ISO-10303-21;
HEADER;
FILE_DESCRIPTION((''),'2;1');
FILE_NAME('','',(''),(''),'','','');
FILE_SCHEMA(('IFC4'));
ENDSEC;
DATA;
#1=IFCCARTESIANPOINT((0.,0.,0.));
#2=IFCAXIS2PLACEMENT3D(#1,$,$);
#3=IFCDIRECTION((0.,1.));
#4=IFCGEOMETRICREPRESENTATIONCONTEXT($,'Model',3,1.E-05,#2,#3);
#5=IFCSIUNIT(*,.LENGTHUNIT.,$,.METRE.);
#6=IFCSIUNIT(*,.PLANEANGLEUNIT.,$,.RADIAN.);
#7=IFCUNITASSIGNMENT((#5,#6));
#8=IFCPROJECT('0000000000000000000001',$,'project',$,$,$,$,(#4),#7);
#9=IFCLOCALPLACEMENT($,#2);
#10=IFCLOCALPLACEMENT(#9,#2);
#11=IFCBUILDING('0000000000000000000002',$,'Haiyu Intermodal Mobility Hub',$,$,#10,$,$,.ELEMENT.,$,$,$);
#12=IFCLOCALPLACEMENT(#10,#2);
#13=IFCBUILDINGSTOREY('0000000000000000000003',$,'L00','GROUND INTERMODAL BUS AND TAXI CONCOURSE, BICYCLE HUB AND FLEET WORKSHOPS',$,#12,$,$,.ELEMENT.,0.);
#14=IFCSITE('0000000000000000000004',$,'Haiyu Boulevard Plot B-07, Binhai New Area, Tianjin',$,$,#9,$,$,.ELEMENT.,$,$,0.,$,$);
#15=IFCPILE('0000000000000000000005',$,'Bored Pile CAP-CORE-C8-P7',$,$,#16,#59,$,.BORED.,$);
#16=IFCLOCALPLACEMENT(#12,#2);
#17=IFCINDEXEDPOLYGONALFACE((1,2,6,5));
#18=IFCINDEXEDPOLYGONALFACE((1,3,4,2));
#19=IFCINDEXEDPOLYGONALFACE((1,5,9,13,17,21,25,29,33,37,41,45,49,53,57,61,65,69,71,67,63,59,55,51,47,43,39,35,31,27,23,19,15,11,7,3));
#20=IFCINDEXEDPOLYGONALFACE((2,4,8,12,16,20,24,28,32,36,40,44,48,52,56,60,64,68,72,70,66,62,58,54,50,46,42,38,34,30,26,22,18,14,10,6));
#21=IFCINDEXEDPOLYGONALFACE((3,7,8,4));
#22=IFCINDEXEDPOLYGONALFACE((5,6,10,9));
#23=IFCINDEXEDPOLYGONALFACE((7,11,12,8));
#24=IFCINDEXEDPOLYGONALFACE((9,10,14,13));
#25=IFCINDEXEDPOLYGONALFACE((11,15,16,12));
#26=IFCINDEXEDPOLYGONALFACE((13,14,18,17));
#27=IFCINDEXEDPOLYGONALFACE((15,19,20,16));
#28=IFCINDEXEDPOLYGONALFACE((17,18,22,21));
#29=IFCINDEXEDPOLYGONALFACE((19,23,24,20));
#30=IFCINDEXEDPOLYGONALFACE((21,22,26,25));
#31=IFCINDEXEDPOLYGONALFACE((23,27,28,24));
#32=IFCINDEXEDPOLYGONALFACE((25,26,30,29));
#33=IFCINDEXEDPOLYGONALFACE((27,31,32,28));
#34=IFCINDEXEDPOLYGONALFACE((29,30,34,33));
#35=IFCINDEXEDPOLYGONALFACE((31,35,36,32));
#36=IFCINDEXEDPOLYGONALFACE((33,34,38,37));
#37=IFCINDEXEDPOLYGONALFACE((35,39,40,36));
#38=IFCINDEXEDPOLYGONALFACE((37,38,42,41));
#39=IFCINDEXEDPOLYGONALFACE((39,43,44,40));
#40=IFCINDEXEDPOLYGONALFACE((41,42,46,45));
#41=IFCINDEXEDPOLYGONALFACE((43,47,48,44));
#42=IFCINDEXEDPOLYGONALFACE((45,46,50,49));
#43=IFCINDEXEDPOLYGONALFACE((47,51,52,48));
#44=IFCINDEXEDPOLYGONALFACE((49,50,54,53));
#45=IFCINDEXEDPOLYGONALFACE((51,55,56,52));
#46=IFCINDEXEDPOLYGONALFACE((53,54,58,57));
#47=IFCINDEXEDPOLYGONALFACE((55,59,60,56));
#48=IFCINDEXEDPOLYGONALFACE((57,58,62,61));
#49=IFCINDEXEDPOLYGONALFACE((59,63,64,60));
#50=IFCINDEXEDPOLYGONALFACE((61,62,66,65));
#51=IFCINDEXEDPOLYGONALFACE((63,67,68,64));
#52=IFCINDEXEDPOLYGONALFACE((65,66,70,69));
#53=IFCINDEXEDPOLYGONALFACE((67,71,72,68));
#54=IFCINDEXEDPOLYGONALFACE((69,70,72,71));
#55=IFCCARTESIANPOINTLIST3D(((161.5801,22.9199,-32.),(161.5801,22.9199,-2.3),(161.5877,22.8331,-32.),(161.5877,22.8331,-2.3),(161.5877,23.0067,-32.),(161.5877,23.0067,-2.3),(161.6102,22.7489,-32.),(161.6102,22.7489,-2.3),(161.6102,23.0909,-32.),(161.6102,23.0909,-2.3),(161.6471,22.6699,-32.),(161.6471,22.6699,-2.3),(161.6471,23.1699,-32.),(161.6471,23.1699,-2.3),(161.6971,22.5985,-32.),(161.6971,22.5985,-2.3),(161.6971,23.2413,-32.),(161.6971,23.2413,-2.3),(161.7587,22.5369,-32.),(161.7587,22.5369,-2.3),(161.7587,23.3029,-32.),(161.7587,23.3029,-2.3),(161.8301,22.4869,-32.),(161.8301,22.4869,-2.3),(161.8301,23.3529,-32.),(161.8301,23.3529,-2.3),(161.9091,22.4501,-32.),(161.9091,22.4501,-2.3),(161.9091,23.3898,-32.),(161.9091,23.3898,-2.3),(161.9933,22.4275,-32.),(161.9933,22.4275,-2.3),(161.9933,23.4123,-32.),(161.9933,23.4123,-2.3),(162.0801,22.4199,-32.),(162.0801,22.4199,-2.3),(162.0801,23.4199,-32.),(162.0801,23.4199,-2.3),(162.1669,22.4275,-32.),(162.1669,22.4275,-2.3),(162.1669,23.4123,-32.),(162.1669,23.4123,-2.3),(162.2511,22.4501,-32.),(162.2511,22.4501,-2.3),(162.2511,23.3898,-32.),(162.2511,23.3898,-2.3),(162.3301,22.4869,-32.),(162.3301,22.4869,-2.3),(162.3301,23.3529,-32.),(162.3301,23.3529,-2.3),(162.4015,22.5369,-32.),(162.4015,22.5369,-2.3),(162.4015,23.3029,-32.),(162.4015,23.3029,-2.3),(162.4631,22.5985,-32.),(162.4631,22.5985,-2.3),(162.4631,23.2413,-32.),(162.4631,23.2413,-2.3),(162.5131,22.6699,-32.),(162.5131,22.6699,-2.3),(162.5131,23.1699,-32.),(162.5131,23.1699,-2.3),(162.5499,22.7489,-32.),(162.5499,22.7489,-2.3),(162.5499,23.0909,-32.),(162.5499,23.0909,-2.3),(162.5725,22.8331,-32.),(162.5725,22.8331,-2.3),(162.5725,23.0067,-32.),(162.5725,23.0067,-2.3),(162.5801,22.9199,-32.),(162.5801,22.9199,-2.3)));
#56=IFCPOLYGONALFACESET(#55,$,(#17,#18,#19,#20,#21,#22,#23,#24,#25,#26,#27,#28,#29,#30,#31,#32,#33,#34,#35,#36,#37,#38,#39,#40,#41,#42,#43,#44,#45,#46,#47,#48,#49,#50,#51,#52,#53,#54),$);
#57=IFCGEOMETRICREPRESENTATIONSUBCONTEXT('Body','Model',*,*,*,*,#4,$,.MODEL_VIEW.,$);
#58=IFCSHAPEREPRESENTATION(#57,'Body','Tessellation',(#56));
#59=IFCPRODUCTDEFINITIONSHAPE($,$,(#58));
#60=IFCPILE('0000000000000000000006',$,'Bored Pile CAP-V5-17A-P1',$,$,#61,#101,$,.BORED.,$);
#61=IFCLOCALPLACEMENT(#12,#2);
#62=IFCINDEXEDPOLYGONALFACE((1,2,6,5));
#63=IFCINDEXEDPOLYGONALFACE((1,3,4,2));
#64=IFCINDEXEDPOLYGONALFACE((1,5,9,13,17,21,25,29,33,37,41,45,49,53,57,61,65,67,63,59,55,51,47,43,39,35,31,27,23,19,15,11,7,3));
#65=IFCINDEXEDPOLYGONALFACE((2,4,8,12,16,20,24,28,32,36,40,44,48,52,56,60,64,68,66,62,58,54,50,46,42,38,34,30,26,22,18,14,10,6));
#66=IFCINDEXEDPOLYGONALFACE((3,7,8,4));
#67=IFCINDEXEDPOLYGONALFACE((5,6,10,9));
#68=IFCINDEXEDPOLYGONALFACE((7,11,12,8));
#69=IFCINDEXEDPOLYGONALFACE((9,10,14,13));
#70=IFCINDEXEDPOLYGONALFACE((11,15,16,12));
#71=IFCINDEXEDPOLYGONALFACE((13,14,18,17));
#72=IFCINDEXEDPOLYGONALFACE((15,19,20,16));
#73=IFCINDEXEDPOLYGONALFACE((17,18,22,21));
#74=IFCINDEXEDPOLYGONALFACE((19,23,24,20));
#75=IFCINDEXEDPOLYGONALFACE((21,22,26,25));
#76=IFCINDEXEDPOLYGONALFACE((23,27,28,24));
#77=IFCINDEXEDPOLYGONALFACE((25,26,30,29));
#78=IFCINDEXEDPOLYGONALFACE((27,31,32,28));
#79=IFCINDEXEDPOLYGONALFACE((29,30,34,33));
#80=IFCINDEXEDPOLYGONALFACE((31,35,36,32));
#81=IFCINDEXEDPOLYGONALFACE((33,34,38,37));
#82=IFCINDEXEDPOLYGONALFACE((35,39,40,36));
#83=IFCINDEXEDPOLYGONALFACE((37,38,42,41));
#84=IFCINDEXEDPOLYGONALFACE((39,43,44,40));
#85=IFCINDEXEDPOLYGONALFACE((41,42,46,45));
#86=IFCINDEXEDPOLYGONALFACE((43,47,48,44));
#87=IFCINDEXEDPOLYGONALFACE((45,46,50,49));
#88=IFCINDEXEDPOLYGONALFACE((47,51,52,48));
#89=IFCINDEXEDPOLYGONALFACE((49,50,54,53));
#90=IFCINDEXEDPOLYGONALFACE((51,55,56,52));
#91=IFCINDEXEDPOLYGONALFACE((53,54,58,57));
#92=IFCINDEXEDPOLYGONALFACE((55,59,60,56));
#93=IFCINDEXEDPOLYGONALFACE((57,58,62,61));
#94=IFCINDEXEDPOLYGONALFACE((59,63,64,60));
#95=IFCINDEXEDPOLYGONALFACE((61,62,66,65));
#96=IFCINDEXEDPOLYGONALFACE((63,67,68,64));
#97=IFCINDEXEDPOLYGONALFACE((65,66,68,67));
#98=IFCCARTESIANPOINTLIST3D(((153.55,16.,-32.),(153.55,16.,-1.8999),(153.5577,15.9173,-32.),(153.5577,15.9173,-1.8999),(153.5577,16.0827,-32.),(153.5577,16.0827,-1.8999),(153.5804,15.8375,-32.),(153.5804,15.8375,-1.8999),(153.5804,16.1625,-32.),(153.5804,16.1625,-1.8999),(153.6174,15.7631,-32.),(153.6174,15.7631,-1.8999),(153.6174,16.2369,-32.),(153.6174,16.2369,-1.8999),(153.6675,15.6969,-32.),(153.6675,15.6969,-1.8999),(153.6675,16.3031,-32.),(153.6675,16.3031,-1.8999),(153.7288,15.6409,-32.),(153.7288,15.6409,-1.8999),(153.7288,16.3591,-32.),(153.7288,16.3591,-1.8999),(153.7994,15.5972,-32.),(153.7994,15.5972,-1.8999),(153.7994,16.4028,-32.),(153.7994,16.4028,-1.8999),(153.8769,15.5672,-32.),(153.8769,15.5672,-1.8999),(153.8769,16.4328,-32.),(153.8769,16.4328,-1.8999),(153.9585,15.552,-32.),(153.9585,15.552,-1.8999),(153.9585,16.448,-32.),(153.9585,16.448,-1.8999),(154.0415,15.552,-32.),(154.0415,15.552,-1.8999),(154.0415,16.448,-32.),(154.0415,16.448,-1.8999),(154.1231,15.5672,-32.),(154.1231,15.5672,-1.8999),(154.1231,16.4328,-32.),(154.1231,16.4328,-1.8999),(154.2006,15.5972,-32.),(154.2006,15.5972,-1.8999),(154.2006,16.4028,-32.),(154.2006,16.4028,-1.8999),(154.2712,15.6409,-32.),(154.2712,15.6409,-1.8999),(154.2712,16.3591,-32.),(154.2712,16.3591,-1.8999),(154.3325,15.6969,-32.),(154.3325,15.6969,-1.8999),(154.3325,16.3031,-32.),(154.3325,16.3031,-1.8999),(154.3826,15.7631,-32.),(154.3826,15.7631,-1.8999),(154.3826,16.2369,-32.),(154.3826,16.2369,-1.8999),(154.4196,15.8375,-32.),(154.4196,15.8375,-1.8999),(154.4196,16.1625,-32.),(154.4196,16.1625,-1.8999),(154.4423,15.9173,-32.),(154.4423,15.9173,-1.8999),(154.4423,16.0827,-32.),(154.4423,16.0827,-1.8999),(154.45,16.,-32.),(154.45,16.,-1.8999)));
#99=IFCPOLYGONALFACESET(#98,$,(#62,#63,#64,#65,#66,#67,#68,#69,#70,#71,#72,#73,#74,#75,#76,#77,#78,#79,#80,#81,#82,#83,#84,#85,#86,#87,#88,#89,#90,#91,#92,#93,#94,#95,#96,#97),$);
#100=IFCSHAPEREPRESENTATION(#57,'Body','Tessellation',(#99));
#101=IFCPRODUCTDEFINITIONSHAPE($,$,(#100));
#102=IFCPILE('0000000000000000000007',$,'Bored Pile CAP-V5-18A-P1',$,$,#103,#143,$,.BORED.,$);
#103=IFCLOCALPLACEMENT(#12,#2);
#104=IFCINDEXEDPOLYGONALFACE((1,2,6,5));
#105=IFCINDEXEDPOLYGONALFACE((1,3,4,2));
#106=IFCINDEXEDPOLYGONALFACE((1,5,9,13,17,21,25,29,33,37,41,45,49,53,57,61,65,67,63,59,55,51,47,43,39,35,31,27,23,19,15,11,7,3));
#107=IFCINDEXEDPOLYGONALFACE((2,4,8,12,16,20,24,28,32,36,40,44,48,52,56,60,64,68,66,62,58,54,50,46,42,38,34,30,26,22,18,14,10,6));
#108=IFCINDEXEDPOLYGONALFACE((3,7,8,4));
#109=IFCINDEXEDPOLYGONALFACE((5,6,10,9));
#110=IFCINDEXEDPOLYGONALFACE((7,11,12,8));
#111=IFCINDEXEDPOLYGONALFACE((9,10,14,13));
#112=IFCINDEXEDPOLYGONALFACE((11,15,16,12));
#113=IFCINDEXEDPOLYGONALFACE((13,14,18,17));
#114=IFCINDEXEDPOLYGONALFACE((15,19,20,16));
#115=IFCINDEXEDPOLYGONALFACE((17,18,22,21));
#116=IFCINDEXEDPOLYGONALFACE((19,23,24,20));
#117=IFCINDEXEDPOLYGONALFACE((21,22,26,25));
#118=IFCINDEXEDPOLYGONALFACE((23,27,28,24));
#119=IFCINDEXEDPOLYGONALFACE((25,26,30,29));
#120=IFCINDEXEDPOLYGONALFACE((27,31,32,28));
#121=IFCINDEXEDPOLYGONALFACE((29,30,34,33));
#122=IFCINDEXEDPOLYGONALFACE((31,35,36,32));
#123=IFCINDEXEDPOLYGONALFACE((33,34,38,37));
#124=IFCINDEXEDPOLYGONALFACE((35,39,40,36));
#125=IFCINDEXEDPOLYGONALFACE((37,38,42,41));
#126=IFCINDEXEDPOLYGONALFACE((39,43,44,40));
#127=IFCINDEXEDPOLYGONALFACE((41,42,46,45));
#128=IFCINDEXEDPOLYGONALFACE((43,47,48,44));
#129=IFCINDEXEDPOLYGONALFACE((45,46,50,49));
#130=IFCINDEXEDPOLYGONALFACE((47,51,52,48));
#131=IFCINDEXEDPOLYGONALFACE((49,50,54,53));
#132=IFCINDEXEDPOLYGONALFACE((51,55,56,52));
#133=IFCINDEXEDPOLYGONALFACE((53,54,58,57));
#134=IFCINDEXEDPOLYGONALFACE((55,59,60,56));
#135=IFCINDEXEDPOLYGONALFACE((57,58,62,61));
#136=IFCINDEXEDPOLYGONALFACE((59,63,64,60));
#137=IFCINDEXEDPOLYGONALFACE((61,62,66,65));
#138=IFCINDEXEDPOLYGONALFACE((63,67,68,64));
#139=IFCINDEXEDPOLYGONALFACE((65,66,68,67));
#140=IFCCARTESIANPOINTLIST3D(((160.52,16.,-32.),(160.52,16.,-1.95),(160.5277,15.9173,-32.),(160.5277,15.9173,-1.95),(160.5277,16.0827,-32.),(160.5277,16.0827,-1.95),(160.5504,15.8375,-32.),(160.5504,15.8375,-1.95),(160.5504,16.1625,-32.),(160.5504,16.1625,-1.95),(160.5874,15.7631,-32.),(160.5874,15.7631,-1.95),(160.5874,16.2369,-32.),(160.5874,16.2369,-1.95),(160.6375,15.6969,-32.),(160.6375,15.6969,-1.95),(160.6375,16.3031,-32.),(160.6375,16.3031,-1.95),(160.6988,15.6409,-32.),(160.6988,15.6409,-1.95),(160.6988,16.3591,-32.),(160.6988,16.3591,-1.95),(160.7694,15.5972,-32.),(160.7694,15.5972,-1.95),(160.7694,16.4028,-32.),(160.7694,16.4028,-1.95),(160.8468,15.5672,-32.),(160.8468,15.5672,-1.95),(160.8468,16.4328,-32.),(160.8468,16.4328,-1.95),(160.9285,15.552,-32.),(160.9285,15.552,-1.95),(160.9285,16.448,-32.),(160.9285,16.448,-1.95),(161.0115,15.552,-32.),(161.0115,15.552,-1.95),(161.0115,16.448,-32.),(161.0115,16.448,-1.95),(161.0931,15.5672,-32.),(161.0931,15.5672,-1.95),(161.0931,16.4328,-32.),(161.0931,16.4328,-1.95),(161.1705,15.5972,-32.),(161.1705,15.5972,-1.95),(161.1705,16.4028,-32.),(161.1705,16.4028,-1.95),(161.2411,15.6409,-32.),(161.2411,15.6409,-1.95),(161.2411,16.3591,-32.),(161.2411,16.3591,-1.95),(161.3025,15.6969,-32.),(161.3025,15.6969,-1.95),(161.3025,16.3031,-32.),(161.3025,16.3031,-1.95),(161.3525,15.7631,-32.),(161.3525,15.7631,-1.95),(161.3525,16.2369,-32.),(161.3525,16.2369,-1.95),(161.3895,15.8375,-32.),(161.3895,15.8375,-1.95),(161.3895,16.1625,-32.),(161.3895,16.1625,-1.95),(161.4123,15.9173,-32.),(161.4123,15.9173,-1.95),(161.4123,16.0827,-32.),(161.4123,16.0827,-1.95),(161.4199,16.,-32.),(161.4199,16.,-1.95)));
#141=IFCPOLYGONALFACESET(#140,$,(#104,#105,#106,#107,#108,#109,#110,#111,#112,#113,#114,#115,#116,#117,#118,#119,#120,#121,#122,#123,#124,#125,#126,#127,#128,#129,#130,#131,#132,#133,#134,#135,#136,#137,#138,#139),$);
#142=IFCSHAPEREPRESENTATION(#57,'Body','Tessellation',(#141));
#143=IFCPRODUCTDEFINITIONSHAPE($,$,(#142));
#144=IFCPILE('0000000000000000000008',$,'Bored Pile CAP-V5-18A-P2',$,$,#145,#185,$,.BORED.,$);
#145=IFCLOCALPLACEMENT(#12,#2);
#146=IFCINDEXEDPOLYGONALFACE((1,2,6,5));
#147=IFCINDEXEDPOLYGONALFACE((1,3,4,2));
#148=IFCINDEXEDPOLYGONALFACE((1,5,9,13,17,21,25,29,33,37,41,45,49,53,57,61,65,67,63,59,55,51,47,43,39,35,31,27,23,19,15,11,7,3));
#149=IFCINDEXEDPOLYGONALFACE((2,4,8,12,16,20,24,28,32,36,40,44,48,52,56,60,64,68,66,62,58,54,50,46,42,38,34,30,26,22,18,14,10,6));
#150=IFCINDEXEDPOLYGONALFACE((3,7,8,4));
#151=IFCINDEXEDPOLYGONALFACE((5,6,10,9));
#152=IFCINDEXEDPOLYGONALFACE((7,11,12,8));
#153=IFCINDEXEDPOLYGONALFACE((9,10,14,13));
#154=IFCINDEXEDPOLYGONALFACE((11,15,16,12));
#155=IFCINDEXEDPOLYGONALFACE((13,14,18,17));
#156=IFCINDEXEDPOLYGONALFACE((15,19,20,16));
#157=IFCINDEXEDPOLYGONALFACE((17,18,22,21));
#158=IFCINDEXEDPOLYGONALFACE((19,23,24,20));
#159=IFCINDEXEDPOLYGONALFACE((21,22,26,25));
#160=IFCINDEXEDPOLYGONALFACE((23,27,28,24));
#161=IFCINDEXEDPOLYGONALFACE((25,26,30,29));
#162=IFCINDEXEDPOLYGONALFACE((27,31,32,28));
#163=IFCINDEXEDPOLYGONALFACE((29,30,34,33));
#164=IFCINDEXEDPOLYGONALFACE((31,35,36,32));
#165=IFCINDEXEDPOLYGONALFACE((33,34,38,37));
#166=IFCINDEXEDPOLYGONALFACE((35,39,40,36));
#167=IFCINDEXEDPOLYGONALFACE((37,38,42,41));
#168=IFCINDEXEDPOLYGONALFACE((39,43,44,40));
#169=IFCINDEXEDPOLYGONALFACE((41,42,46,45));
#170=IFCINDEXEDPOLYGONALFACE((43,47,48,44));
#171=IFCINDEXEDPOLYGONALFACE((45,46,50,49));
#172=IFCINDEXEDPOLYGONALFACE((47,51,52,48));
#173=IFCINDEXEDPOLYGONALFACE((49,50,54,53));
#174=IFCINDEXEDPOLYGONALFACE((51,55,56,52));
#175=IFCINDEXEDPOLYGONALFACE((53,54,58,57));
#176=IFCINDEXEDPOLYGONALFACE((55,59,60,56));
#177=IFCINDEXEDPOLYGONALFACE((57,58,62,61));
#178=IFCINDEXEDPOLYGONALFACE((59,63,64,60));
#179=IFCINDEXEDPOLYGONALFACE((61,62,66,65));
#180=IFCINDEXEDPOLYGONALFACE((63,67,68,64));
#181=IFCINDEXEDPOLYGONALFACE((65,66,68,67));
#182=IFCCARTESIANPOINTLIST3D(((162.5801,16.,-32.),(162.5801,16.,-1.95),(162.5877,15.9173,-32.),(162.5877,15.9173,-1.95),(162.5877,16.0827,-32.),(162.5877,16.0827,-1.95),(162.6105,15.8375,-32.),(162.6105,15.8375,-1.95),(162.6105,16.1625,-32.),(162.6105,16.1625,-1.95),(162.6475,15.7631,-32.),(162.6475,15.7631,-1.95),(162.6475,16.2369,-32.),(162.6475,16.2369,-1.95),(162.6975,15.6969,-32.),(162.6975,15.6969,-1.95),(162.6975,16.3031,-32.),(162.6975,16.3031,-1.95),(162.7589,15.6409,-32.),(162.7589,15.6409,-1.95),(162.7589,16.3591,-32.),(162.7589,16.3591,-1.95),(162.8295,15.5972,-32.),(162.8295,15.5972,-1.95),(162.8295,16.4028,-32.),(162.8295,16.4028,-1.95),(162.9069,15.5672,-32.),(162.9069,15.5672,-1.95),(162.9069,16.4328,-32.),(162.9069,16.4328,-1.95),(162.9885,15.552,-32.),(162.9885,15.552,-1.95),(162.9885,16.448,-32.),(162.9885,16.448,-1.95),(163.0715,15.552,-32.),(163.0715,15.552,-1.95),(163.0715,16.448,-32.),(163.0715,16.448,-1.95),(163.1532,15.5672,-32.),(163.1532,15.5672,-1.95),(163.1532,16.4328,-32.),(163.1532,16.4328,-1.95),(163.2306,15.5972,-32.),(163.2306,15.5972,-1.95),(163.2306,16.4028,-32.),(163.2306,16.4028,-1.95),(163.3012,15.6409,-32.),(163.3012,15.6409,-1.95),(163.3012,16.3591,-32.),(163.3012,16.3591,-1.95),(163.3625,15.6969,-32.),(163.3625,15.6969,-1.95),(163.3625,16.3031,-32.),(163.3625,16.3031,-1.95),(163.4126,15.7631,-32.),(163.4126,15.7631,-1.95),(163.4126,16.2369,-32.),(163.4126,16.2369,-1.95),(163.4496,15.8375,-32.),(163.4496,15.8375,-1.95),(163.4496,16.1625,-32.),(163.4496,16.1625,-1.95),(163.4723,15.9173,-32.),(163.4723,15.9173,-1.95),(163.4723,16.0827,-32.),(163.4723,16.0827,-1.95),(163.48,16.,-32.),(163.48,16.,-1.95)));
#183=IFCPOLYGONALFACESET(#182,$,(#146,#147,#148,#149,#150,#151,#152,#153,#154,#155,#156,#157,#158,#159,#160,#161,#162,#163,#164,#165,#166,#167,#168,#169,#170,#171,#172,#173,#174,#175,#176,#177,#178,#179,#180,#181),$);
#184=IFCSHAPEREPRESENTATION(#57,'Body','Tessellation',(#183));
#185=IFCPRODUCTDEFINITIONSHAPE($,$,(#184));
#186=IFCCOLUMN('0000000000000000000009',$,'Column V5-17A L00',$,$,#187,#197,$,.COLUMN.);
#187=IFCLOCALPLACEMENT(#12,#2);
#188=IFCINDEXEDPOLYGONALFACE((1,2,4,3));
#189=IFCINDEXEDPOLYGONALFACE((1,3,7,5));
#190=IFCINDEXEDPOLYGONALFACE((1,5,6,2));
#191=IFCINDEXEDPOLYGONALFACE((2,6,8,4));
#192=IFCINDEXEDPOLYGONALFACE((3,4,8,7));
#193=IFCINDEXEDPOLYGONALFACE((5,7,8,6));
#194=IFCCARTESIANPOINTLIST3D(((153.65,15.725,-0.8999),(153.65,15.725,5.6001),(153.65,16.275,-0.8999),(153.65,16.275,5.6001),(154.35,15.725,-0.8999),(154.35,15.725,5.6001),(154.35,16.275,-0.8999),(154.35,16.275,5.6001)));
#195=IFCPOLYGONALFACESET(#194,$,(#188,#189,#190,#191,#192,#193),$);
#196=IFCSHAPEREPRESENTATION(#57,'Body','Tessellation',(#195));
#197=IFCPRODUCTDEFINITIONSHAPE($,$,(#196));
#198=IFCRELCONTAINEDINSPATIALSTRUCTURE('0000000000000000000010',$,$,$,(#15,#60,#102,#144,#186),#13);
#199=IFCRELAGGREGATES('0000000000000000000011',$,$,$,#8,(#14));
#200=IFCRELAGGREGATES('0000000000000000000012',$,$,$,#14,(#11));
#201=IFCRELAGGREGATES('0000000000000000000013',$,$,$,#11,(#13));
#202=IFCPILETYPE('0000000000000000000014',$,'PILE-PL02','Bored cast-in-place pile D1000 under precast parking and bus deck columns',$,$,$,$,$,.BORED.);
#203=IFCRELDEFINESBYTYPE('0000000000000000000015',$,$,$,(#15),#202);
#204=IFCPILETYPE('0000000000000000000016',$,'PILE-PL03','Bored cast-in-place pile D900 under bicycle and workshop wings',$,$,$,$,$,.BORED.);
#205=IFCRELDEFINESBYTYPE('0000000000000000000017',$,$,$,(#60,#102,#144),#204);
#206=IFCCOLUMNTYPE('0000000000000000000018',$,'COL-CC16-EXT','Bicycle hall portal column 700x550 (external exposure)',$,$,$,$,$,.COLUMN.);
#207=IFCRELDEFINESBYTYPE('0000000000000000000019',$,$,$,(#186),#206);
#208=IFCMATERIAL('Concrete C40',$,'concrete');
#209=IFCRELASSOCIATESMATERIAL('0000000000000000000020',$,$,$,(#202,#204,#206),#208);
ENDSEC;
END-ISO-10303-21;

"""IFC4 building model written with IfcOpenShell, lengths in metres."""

from ifc_helpers import new_model, si_unit, direction, frame, origin, origin_2d, place, context, subcontext, project, spatial, rectangle, circle, extrude, material, material_profile, profile_set, type_object, element, save


model = new_model("IFC4")

# Units and contexts
model_context = context("Model", 3, precision=1e-05, world=origin(), true_north=direction((0.0, 1.0)))
body_context = subcontext(model_context, "Body", "Model", "MODEL_VIEW")
ifc_project = project(units=[si_unit("LENGTHUNIT", "METRE"), si_unit("PLANEANGLEUNIT", "RADIAN")], contexts=[model_context])

# Site, building, storey
site_placement = place(None, origin())
site = spatial("IfcSite", under=ifc_project, at=site_placement, Name="Haiyu Boulevard Plot B-07, Binhai New Area, Tianjin", CompositionType="ELEMENT", RefElevation=0.0)
building_placement = place(site_placement, origin())
building = spatial("IfcBuilding", under=site, at=building_placement, Name="Haiyu Intermodal Mobility Hub", CompositionType="ELEMENT")
storey_placement = place(building_placement, origin())
storey = spatial("IfcBuildingStorey", under=building, at=storey_placement, Name="L00", Description="GROUND INTERMODAL BUS AND TAXI CONCOURSE, BICYCLE HUB AND FLEET WORKSHOPS", CompositionType="ELEMENT", Elevation=0.0)

# Shared definitions
ifc_material_1 = material(Name="Concrete C40", Category="concrete")

# Piles
ifc_material_profile_1 = material_profile(ifc_material_1, circle(Radius=0.5, at=origin_2d()), Name="PILE-D1000")
ifc_profile_set_1 = profile_set([ifc_material_profile_1], Name="Concrete C40")
pile_type_1 = type_object("IfcPileType", Name="PILE-PL02", Description="Bored cast-in-place pile D1000 under precast parking and bus deck columns", PredefinedType="BORED", material=ifc_profile_set_1)
for number, where, z_axis, x_axis, name in (
    (1, (162.0801, 22.9199, -2.3), (0.0, 0.0, -1.0), (1.0, 0.0, 0.0), "Bored Pile CAP-CORE-C8-P7"),
):
    element("IfcPile", number, at=place(storey_placement, frame(where, z_axis=z_axis, x_axis=x_axis)), inside=storey, type_object=pile_type_1, Name=name, PredefinedType="BORED", context=body_context, shape_type="SweptSolid", body=[
        extrude(circle(Radius=0.5, at=origin_2d()), origin(), (0.0, 0.0, 1.0), 29.7),
    ])
ifc_material_profile_2 = material_profile(ifc_material_1, circle(Radius=0.45, at=origin_2d()), Name="PILE-D900")
ifc_profile_set_2 = profile_set([ifc_material_profile_2], Name="Concrete C40")
pile_type_2 = type_object("IfcPileType", Name="PILE-PL03", Description="Bored cast-in-place pile D900 under bicycle and workshop wings", PredefinedType="BORED", material=ifc_profile_set_2)
pile_placement = place(storey_placement, frame((154.0, 16.0, -1.8999), z_axis=(0.0, 0.0, -1.0), x_axis=(1.0, 0.0, 0.0)))
element("IfcPile", 2, at=pile_placement, inside=storey, type_object=pile_type_2, Name="Bored Pile CAP-V5-17A-P1", PredefinedType="BORED", context=body_context, shape_type="SweptSolid", body=[
    extrude(circle(Radius=0.45, at=origin_2d()), origin(), (0.0, 0.0, 1.0), 30.1001),
])
for number, where, z_axis, x_axis, name in (
    (3, (160.97, 16.0, -1.95), (0.0, 0.0, -1.0), (1.0, 0.0, 0.0), "Bored Pile CAP-V5-18A-P1"),
    (4, (163.03, 16.0, -1.95), (0.0, 0.0, -1.0), (1.0, 0.0, 0.0), "Bored Pile CAP-V5-18A-P2"),
):
    element("IfcPile", number, at=place(storey_placement, frame(where, z_axis=z_axis, x_axis=x_axis)), inside=storey, type_object=pile_type_2, Name=name, PredefinedType="BORED", context=body_context, shape_type="SweptSolid", body=[
        extrude(circle(Radius=0.45, at=origin_2d()), origin(), (0.0, 0.0, 1.0), 30.05),
    ])

# Column
ifc_material_profile_3 = material_profile(ifc_material_1, rectangle(XDim=0.7, YDim=0.55, at=origin_2d()), Name="C700x550")
ifc_profile_set_3 = profile_set([ifc_material_profile_3], Name="Concrete C40")
column_type_1 = type_object("IfcColumnType", Name="COL-CC16-EXT", Description="Bicycle hall portal column 700x550 (external exposure)", PredefinedType="COLUMN", material=ifc_profile_set_3)
column_1_placement = place(storey_placement, frame((154.0, 16.0, -0.8999), z_axis=(0.0, 0.0, 1.0), x_axis=(1.0, 0.0, 0.0)))
element("IfcColumn", 5, at=column_1_placement, inside=storey, type_object=column_type_1, Name="Column V5-17A L00", PredefinedType="COLUMN", context=body_context, shape_type="SweptSolid", body=[
    extrude(rectangle(XDim=0.7, YDim=0.55, at=origin_2d()), origin(), (0.0, 0.0, 1.0), 6.5),
])

save(model, "model.ifc")
